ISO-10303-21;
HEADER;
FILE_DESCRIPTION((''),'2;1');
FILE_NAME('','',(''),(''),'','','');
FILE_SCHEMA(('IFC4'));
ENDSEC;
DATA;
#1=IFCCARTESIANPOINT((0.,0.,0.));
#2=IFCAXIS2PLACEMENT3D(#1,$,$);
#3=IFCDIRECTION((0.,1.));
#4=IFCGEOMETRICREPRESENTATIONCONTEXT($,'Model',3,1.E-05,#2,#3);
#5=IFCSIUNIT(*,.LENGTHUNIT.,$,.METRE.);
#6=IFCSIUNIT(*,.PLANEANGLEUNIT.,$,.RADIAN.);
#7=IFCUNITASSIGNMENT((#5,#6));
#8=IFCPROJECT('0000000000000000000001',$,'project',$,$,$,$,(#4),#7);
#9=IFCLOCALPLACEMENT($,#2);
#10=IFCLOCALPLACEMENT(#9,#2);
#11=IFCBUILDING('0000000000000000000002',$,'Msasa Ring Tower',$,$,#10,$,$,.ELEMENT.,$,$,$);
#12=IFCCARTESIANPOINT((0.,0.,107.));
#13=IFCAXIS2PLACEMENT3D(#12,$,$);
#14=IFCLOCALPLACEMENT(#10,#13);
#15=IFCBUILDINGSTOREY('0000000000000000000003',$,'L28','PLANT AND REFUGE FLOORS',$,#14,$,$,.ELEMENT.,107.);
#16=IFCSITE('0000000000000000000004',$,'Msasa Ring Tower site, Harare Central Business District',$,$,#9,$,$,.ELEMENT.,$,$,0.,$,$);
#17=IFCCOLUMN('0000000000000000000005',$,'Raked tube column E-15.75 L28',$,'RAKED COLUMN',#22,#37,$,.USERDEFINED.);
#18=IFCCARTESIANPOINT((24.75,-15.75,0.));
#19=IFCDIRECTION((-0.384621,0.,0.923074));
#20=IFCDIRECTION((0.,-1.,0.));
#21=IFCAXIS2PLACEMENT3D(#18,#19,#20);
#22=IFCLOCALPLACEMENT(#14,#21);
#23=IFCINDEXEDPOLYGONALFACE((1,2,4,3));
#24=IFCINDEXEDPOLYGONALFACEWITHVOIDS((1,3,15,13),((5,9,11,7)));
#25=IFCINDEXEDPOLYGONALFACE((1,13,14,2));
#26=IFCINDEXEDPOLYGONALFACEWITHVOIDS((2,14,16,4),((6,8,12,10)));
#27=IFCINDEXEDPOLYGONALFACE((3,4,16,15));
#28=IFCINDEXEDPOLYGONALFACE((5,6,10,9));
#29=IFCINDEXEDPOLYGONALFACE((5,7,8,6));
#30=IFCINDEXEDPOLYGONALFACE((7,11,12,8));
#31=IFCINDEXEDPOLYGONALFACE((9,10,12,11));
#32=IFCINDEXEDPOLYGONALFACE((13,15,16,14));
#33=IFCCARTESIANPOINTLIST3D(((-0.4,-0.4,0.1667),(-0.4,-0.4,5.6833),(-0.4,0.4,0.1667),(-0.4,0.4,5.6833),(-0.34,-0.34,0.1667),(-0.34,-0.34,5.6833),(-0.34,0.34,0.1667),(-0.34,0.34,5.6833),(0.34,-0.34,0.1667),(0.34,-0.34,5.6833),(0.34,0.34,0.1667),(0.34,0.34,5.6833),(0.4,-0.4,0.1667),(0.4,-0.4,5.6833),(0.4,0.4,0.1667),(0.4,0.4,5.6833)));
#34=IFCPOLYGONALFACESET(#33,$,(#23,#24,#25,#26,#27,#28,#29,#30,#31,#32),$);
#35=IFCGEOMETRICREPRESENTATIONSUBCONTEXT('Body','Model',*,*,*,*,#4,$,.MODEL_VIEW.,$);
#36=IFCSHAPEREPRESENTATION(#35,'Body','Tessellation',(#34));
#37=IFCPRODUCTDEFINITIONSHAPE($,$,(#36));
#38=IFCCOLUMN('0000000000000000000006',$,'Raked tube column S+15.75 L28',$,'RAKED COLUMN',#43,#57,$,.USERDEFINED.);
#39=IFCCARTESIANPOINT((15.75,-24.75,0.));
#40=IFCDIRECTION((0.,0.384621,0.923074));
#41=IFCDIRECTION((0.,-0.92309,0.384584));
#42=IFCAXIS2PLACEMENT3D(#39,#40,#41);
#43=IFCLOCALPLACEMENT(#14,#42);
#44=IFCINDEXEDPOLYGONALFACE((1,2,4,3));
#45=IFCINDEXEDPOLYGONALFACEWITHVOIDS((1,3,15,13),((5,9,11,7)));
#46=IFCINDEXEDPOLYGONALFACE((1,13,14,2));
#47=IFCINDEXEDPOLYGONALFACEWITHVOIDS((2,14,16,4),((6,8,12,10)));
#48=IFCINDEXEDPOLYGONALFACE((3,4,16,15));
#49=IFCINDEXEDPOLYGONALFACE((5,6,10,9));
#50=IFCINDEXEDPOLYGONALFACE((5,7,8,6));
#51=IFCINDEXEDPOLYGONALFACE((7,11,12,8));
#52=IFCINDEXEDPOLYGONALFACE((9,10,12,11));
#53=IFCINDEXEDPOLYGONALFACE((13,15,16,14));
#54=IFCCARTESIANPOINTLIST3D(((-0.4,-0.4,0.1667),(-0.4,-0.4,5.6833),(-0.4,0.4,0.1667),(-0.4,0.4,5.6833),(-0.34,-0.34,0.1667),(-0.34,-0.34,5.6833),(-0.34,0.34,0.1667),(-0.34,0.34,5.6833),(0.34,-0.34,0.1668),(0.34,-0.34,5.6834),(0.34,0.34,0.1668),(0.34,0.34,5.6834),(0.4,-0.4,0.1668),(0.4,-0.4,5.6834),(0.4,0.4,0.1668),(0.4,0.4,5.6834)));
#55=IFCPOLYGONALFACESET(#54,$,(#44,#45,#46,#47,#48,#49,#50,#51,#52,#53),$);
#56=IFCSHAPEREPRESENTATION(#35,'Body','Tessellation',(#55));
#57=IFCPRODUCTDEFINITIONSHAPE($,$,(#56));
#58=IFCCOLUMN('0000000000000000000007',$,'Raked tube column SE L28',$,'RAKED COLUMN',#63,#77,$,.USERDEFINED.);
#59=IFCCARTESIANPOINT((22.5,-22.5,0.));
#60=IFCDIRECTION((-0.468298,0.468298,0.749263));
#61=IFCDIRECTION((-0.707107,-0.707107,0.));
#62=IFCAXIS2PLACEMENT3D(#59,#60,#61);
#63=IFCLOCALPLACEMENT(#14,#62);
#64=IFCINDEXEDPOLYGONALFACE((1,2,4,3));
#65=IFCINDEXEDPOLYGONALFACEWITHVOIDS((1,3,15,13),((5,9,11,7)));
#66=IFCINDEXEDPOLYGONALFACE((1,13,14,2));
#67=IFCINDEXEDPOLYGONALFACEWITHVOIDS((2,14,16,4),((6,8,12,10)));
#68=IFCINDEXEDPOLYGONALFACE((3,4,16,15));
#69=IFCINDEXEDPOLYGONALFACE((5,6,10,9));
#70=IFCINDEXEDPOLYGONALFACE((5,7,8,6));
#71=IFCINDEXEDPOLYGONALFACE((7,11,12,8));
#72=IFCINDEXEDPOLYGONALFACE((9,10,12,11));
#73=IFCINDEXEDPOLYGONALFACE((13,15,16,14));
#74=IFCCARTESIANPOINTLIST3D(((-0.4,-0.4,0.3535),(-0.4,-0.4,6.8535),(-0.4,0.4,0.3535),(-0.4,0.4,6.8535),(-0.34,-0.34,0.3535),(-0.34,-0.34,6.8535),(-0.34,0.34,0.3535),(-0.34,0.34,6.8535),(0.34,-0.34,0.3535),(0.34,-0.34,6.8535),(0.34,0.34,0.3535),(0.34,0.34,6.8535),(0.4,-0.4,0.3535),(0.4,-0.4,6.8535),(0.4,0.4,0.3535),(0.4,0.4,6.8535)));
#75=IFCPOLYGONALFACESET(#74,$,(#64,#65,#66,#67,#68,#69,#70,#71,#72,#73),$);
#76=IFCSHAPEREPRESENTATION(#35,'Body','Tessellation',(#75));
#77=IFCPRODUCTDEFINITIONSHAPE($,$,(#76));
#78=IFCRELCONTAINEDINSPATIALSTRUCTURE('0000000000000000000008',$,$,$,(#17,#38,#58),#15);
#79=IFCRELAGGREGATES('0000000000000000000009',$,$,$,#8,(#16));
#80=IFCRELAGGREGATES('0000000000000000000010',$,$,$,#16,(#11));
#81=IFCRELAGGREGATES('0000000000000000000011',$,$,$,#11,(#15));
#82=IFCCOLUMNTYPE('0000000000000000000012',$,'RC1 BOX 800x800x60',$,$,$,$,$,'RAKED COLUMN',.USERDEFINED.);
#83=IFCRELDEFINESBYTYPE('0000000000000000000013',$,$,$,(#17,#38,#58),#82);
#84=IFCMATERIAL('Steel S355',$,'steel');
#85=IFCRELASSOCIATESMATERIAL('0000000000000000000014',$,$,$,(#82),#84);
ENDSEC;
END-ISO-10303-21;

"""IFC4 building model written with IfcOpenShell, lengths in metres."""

from ifc_helpers import new_model, si_unit, direction, frame, origin, origin_2d, place, context, subcontext, project, spatial, hollow_rectangle, extrude, clip, halfspace, material, material_profile, profile_set, type_object, element, save


model = new_model("IFC4")

# Units and contexts
model_context = context("Model", 3, precision=1e-05, world=origin(), true_north=direction((0.0, 1.0)))
body_context = subcontext(model_context, "Body", "Model", "MODEL_VIEW")
ifc_project = project(units=[si_unit("LENGTHUNIT", "METRE"), si_unit("PLANEANGLEUNIT", "RADIAN")], contexts=[model_context])

# Site, building, storey
site_placement = place(None, origin())
site = spatial("IfcSite", under=ifc_project, at=site_placement, Name="Msasa Ring Tower site, Harare Central Business District", CompositionType="ELEMENT", RefElevation=0.0)
building_placement = place(site_placement, origin())
building = spatial("IfcBuilding", under=site, at=building_placement, Name="Msasa Ring Tower", CompositionType="ELEMENT")
storey_placement = place(building_placement, frame((0.0, 0.0, 107.0)))
storey = spatial("IfcBuildingStorey", under=building, at=storey_placement, Name="L28", Description="PLANT AND REFUGE FLOORS", CompositionType="ELEMENT", Elevation=107.0)

# Columns
ifc_material_1 = material(Name="Steel S355", Category="steel")
ifc_material_profile_1 = material_profile(ifc_material_1, hollow_rectangle(XDim=0.8, YDim=0.8, WallThickness=0.0601, at=origin_2d()), Name="BOX 800x800x60")
ifc_profile_set_1 = profile_set([ifc_material_profile_1], Name="Steel S355")
column_type = type_object("IfcColumnType", Name="RC1 BOX 800x800x60", ElementType="RAKED COLUMN", PredefinedType="USERDEFINED", material=ifc_profile_set_1)
for number, where, z_axis, x_axis, name in (
    (1, (24.75, -15.75, 0.0), (-0.384621, 0.0, 0.923074), (0.0, -1.0, 0.0), "Raked tube column E-15.75 L28"),
    (2, (15.75, -24.75, 0.0), (0.0, 0.384621, 0.923074), (0.0, -0.92309, 0.384584), "Raked tube column S+15.75 L28"),
):
    element("IfcColumn", number, at=place(storey_placement, frame(where, z_axis=z_axis, x_axis=x_axis)), inside=storey, type_object=column_type, Name=name, ObjectType="RAKED COLUMN", PredefinedType="USERDEFINED", context=body_context, shape_type="Clipping", body=[
        clip(clip(extrude(hollow_rectangle(XDim=0.8, YDim=0.8, WallThickness=0.0601, at=origin_2d()), origin(), (0.0, 0.0, 1.0), 5.8499), halfspace(frame((0.0, 0.0, 0.1667), z_axis=(0.0, 0.0, 1.0)), True)), halfspace(frame((0.0, 0.0, 5.6833), z_axis=(0.0, 0.0, -1.0)), True)),
    ])
column_placement = place(storey_placement, frame((22.5, -22.5, 0.0), z_axis=(-0.468298, 0.468298, 0.749263), x_axis=(-0.707107, -0.707107, 0.0)))
element("IfcColumn", 3, at=column_placement, inside=storey, type_object=column_type, Name="Raked tube column SE L28", ObjectType="RAKED COLUMN", PredefinedType="USERDEFINED", context=body_context, shape_type="Clipping", body=[
    clip(clip(extrude(hollow_rectangle(XDim=0.8, YDim=0.8, WallThickness=0.0601, at=origin_2d()), origin(), (0.0, 0.0, 1.0), 7.207), halfspace(frame((0.0, 0.0, 0.3535), z_axis=(0.0, 0.0, 1.0)), True)), halfspace(frame((0.0, 0.0, 6.8535), z_axis=(0.0, 0.0, -1.0)), True)),
])

save(model, "model.ifc")
